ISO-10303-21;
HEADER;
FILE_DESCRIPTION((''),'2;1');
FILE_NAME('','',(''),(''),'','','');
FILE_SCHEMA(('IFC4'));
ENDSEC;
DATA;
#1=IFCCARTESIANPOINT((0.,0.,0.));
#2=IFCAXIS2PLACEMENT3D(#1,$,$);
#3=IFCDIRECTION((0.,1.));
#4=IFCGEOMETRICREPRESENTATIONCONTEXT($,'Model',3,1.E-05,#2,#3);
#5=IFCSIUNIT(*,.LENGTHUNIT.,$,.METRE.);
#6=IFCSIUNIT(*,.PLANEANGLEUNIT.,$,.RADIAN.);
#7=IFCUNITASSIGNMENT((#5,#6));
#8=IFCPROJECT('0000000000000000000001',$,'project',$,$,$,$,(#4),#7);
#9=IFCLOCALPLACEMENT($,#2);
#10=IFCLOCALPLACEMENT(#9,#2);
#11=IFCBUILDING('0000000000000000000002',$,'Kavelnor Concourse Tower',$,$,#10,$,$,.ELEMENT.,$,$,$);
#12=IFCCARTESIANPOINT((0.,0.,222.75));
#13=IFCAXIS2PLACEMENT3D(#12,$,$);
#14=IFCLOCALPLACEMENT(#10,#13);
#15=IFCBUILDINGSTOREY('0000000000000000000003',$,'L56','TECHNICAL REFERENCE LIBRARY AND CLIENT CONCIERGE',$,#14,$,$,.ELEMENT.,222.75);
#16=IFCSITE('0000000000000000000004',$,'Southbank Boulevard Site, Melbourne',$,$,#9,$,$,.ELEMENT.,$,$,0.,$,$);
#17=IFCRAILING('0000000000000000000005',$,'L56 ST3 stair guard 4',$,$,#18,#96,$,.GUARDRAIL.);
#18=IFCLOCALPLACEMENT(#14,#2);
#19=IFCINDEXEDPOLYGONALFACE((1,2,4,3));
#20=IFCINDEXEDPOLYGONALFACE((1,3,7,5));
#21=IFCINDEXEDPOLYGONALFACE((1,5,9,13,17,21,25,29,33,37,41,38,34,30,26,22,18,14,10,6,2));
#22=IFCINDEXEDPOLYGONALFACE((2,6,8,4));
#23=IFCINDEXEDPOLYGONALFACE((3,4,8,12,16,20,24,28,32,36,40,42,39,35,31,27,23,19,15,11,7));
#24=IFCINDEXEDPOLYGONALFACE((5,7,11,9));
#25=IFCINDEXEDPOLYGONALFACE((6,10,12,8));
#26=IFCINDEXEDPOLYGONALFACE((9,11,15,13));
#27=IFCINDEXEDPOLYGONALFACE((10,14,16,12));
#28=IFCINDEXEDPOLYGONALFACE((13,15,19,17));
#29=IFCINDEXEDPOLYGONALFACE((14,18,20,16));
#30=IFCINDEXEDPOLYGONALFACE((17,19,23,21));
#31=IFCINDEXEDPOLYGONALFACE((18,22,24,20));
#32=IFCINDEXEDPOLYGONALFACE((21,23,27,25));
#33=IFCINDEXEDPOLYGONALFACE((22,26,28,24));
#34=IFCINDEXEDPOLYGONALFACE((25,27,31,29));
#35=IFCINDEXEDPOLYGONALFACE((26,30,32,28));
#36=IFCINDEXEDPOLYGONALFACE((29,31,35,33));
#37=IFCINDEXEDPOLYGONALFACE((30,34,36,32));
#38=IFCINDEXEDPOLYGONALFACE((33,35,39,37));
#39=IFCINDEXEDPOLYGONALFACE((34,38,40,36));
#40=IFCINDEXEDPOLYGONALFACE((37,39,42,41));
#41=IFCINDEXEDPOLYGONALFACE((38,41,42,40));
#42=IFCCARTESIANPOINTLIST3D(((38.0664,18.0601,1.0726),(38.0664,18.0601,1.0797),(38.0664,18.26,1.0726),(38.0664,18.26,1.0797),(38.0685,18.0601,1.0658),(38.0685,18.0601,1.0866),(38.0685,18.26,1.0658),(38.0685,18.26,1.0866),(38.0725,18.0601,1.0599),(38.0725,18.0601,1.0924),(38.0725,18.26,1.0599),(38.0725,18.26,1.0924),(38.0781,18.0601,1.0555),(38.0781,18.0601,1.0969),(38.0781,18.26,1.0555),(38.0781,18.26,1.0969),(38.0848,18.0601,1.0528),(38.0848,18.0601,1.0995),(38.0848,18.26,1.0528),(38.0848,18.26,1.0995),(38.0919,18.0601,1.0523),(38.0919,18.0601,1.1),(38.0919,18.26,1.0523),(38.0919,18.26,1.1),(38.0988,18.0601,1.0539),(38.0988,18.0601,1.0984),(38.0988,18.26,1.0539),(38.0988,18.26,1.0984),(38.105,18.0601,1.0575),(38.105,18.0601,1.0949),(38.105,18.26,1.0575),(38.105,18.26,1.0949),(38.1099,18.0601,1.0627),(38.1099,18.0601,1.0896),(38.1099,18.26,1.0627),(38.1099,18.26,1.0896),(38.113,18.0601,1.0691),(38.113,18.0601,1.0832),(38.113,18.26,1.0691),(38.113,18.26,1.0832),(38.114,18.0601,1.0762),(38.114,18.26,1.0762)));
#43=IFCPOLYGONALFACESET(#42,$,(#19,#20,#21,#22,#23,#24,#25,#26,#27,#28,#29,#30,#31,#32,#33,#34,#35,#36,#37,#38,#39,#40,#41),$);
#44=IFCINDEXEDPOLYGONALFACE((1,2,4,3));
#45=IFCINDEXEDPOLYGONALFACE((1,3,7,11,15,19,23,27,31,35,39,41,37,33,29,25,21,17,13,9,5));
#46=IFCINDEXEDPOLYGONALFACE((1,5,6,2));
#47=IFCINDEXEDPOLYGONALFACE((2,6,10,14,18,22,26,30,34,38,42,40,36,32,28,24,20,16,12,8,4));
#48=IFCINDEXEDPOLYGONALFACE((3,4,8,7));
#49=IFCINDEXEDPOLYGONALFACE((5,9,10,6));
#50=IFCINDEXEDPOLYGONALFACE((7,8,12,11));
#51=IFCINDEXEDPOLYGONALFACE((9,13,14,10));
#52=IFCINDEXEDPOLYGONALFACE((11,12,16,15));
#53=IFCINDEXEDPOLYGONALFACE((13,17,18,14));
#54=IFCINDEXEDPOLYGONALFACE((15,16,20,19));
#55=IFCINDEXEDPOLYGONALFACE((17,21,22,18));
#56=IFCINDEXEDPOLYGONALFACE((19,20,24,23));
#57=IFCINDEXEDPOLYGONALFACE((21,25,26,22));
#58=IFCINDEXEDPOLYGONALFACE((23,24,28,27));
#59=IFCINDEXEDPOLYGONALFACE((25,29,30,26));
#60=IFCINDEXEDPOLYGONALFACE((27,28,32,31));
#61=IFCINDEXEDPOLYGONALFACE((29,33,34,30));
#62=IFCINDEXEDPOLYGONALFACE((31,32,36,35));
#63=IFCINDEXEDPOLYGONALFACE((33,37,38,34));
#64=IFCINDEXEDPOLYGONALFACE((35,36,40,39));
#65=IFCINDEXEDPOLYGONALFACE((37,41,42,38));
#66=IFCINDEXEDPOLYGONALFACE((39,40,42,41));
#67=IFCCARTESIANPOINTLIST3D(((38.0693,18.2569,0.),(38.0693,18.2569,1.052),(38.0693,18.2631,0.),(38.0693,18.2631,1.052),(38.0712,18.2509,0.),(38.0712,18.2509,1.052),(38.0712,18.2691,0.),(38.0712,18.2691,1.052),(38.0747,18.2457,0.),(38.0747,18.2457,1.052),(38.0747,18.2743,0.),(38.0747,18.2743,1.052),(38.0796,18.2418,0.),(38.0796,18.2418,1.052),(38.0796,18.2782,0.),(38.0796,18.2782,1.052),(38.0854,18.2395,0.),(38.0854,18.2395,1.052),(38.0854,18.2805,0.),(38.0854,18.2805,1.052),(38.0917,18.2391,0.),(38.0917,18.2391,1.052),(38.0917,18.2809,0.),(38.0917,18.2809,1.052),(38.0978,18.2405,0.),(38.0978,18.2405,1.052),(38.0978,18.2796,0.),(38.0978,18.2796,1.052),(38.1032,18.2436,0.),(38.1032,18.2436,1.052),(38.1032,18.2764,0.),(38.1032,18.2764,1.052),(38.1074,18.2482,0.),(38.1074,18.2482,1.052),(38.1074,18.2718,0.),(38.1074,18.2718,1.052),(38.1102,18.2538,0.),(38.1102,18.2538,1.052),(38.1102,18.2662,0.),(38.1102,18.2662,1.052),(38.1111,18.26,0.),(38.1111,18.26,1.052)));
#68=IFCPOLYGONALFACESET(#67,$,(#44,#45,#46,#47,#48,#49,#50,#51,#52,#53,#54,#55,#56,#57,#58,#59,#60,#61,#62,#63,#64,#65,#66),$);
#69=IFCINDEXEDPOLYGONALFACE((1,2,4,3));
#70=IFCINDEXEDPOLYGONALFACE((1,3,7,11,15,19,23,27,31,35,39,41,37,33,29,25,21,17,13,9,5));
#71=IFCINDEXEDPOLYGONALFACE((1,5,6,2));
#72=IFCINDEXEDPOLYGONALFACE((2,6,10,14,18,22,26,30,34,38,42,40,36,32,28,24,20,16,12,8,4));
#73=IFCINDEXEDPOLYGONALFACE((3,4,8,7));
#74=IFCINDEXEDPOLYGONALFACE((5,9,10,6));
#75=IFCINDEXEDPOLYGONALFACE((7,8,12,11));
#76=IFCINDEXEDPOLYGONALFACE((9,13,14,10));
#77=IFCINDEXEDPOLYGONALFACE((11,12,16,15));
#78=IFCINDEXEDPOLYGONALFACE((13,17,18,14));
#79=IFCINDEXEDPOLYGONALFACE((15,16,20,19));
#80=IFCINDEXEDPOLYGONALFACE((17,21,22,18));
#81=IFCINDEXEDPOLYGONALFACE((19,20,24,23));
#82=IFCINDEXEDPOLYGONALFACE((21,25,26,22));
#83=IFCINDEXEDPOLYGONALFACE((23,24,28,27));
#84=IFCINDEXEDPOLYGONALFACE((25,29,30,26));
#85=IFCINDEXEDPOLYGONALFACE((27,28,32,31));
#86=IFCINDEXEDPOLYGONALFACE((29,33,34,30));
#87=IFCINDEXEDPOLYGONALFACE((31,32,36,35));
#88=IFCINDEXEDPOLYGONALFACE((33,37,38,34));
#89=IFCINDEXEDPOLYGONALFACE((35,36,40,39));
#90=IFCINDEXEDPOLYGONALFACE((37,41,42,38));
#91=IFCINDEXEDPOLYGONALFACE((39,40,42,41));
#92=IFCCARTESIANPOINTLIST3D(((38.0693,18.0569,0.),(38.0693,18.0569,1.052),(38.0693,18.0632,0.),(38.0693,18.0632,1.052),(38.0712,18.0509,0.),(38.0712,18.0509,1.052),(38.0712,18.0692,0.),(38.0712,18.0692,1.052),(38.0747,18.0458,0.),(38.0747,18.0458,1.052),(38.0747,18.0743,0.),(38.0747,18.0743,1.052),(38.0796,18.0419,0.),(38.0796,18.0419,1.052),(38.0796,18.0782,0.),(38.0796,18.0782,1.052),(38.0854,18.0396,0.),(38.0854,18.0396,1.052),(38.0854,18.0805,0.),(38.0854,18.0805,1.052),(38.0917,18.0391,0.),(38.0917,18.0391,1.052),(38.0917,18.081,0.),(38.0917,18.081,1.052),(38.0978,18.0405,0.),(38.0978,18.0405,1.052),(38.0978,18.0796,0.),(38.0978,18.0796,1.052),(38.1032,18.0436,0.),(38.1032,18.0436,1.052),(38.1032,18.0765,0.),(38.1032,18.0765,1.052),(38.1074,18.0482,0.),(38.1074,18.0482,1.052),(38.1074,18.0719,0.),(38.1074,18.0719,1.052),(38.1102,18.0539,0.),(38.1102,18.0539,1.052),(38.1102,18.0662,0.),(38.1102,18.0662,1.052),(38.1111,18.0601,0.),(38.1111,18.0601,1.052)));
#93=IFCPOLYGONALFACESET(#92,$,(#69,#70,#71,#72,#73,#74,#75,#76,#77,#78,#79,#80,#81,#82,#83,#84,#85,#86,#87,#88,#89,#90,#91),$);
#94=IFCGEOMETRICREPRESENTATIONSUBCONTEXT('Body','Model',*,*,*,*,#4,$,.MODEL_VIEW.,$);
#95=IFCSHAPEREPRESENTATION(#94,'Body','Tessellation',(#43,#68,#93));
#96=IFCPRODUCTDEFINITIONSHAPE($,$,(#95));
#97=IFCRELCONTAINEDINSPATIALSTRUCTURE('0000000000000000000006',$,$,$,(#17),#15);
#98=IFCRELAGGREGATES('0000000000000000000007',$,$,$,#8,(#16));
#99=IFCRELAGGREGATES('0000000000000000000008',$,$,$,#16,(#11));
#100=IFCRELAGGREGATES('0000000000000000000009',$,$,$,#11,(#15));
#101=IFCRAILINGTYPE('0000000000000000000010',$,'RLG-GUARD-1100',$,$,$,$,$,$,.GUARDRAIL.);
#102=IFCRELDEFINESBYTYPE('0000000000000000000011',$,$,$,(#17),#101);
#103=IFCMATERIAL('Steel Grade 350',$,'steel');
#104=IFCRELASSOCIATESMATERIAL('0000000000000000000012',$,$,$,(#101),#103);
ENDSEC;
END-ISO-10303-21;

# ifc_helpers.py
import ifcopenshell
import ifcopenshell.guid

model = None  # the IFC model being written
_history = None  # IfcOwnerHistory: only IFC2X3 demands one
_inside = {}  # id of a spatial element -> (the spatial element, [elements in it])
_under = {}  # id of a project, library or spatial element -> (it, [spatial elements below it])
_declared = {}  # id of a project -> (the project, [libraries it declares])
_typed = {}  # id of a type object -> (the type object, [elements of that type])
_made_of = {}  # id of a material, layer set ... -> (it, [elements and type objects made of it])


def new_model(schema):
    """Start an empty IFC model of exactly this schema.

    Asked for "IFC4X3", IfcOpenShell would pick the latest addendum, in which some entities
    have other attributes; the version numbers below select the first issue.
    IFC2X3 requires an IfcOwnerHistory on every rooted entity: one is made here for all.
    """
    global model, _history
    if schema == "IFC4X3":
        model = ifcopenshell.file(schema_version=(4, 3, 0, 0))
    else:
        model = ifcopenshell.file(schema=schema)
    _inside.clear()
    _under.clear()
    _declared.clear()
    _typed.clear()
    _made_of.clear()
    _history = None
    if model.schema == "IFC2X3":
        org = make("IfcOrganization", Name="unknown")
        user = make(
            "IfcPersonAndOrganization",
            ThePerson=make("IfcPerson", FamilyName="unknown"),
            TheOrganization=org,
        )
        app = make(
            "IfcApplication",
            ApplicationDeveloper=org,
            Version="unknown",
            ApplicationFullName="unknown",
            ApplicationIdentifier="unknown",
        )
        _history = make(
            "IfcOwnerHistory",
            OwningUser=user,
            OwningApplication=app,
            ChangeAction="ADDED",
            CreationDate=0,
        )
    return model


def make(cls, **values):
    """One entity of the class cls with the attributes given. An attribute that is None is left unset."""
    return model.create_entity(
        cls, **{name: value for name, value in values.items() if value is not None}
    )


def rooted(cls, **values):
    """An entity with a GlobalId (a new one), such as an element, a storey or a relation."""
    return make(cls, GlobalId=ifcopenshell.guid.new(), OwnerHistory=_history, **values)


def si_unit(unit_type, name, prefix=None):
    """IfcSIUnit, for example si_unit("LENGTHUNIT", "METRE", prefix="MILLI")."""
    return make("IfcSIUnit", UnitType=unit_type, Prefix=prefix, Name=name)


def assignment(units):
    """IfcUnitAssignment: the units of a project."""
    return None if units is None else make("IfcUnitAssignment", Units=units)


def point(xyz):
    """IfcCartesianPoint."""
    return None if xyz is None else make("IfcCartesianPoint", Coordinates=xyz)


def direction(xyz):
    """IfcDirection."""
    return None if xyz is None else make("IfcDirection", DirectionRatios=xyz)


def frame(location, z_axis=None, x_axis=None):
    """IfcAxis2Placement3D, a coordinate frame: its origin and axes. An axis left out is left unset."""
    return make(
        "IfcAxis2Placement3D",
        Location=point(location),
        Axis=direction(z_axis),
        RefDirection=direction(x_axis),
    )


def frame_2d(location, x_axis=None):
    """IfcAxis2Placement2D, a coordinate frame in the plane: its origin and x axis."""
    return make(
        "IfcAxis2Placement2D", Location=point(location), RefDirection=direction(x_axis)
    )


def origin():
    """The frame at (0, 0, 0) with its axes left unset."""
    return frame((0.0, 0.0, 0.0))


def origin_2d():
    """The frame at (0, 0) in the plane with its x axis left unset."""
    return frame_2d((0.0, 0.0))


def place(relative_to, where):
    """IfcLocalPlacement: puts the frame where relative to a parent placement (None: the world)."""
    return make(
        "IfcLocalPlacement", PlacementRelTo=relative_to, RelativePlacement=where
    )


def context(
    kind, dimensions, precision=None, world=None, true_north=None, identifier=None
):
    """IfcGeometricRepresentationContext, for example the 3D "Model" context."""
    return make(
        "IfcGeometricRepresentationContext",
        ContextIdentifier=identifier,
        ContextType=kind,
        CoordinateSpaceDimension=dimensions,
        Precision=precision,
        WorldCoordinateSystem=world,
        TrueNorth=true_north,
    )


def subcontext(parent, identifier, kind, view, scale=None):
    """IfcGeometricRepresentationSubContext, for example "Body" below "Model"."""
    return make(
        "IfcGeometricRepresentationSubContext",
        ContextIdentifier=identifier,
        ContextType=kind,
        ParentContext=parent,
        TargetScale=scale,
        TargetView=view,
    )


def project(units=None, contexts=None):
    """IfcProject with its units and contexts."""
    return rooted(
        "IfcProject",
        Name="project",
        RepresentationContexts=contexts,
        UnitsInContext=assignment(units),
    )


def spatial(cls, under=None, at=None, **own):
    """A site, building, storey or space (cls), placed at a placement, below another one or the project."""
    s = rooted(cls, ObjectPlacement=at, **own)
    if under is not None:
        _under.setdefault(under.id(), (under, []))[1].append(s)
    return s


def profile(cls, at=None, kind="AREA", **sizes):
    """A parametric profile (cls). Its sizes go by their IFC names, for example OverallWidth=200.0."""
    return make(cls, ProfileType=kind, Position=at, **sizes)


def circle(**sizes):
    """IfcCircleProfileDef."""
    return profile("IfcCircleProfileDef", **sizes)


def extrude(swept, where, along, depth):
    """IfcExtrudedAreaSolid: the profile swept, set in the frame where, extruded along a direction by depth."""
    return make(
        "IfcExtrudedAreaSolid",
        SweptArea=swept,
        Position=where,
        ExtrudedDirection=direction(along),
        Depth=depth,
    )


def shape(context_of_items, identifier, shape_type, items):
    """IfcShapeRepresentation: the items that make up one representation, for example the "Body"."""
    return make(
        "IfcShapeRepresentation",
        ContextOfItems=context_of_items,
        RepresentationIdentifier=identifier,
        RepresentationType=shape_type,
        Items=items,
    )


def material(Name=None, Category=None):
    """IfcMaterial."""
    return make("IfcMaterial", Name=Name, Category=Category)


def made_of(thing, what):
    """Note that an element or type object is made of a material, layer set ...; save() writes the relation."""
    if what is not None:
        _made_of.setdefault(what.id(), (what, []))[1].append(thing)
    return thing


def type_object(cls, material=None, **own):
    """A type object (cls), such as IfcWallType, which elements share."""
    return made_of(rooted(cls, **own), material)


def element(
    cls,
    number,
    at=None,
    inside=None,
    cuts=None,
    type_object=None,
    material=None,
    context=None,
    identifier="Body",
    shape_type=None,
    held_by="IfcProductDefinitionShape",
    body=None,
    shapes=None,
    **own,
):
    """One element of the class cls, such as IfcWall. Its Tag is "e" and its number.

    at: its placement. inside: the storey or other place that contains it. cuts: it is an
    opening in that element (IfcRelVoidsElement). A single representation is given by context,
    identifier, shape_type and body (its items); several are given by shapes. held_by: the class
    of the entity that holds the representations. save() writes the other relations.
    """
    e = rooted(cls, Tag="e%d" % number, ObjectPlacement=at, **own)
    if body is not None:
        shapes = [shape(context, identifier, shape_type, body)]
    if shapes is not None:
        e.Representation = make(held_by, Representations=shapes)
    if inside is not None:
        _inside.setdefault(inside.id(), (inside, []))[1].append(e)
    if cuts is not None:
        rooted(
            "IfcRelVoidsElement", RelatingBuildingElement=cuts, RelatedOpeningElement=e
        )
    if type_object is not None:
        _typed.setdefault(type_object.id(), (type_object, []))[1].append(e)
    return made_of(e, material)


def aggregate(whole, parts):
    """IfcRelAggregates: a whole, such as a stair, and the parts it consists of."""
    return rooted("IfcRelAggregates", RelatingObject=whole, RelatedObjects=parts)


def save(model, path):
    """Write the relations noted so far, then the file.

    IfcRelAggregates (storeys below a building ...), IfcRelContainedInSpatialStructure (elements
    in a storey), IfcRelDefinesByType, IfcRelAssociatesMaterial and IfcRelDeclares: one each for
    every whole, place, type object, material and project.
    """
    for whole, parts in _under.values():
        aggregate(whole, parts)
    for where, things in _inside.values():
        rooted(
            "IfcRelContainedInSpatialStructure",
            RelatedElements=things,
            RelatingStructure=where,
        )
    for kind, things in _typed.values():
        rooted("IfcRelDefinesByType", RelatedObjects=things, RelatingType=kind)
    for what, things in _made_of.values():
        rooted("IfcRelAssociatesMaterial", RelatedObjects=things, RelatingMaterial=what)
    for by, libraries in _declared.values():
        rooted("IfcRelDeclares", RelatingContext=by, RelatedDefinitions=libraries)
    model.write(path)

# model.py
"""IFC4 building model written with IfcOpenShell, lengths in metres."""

from ifc_helpers import new_model, si_unit, direction, frame, origin, origin_2d, place, context, subcontext, project, spatial, circle, extrude, material, type_object, element, save


model = new_model("IFC4")

# Units and contexts
model_context = context("Model", 3, precision=1e-05, world=origin(), true_north=direction((0.0, 1.0)))
body_context = subcontext(model_context, "Body", "Model", "MODEL_VIEW")
ifc_project = project(units=[si_unit("LENGTHUNIT", "METRE"), si_unit("PLANEANGLEUNIT", "RADIAN")], contexts=[model_context])

# Site, building, storey
site_placement = place(None, origin())
site = spatial("IfcSite", under=ifc_project, at=site_placement, Name="Southbank Boulevard Site, Melbourne", CompositionType="ELEMENT", RefElevation=0.0)
building_placement = place(site_placement, origin())
building = spatial("IfcBuilding", under=site, at=building_placement, Name="Kavelnor Concourse Tower", CompositionType="ELEMENT")
storey_placement = place(building_placement, frame((0.0, 0.0, 222.75)))
storey = spatial("IfcBuildingStorey", under=building, at=storey_placement, Name="L56", Description="TECHNICAL REFERENCE LIBRARY AND CLIENT CONCIERGE", CompositionType="ELEMENT", Elevation=222.75)

# Shared definitions
ifc_material_1 = material(Name="Steel Grade 350", Category="steel")

# Railing
railing_type_1 = type_object("IfcRailingType", Name="RLG-GUARD-1100", PredefinedType="GUARDRAIL", material=ifc_material_1)
railing_1_placement = place(storey_placement, frame((38.0901, 18.26, 0.0)))
element("IfcRailing", 1, at=railing_1_placement, inside=storey, type_object=railing_type_1, Name="L56 ST3 stair guard 4", PredefinedType="GUARDRAIL", context=body_context, shape_type="SweptSolid", body=[
    extrude(circle(Radius=0.0239, at=origin_2d()), frame((0.0, 0.0, 1.0762), z_axis=(0.0, -1.0, 0.0), x_axis=(1.0, 0.0, 0.0)), (0.0, 0.0, 1.0), 0.2),
    extrude(circle(Radius=0.021, at=origin_2d()), origin(), (0.0, 0.0, 1.0), 1.052),
    extrude(circle(Radius=0.021, at=origin_2d()), frame((0.0, -0.2, 0.0)), (0.0, 0.0, 1.0), 1.052),
])

save(model, "model.ifc")
